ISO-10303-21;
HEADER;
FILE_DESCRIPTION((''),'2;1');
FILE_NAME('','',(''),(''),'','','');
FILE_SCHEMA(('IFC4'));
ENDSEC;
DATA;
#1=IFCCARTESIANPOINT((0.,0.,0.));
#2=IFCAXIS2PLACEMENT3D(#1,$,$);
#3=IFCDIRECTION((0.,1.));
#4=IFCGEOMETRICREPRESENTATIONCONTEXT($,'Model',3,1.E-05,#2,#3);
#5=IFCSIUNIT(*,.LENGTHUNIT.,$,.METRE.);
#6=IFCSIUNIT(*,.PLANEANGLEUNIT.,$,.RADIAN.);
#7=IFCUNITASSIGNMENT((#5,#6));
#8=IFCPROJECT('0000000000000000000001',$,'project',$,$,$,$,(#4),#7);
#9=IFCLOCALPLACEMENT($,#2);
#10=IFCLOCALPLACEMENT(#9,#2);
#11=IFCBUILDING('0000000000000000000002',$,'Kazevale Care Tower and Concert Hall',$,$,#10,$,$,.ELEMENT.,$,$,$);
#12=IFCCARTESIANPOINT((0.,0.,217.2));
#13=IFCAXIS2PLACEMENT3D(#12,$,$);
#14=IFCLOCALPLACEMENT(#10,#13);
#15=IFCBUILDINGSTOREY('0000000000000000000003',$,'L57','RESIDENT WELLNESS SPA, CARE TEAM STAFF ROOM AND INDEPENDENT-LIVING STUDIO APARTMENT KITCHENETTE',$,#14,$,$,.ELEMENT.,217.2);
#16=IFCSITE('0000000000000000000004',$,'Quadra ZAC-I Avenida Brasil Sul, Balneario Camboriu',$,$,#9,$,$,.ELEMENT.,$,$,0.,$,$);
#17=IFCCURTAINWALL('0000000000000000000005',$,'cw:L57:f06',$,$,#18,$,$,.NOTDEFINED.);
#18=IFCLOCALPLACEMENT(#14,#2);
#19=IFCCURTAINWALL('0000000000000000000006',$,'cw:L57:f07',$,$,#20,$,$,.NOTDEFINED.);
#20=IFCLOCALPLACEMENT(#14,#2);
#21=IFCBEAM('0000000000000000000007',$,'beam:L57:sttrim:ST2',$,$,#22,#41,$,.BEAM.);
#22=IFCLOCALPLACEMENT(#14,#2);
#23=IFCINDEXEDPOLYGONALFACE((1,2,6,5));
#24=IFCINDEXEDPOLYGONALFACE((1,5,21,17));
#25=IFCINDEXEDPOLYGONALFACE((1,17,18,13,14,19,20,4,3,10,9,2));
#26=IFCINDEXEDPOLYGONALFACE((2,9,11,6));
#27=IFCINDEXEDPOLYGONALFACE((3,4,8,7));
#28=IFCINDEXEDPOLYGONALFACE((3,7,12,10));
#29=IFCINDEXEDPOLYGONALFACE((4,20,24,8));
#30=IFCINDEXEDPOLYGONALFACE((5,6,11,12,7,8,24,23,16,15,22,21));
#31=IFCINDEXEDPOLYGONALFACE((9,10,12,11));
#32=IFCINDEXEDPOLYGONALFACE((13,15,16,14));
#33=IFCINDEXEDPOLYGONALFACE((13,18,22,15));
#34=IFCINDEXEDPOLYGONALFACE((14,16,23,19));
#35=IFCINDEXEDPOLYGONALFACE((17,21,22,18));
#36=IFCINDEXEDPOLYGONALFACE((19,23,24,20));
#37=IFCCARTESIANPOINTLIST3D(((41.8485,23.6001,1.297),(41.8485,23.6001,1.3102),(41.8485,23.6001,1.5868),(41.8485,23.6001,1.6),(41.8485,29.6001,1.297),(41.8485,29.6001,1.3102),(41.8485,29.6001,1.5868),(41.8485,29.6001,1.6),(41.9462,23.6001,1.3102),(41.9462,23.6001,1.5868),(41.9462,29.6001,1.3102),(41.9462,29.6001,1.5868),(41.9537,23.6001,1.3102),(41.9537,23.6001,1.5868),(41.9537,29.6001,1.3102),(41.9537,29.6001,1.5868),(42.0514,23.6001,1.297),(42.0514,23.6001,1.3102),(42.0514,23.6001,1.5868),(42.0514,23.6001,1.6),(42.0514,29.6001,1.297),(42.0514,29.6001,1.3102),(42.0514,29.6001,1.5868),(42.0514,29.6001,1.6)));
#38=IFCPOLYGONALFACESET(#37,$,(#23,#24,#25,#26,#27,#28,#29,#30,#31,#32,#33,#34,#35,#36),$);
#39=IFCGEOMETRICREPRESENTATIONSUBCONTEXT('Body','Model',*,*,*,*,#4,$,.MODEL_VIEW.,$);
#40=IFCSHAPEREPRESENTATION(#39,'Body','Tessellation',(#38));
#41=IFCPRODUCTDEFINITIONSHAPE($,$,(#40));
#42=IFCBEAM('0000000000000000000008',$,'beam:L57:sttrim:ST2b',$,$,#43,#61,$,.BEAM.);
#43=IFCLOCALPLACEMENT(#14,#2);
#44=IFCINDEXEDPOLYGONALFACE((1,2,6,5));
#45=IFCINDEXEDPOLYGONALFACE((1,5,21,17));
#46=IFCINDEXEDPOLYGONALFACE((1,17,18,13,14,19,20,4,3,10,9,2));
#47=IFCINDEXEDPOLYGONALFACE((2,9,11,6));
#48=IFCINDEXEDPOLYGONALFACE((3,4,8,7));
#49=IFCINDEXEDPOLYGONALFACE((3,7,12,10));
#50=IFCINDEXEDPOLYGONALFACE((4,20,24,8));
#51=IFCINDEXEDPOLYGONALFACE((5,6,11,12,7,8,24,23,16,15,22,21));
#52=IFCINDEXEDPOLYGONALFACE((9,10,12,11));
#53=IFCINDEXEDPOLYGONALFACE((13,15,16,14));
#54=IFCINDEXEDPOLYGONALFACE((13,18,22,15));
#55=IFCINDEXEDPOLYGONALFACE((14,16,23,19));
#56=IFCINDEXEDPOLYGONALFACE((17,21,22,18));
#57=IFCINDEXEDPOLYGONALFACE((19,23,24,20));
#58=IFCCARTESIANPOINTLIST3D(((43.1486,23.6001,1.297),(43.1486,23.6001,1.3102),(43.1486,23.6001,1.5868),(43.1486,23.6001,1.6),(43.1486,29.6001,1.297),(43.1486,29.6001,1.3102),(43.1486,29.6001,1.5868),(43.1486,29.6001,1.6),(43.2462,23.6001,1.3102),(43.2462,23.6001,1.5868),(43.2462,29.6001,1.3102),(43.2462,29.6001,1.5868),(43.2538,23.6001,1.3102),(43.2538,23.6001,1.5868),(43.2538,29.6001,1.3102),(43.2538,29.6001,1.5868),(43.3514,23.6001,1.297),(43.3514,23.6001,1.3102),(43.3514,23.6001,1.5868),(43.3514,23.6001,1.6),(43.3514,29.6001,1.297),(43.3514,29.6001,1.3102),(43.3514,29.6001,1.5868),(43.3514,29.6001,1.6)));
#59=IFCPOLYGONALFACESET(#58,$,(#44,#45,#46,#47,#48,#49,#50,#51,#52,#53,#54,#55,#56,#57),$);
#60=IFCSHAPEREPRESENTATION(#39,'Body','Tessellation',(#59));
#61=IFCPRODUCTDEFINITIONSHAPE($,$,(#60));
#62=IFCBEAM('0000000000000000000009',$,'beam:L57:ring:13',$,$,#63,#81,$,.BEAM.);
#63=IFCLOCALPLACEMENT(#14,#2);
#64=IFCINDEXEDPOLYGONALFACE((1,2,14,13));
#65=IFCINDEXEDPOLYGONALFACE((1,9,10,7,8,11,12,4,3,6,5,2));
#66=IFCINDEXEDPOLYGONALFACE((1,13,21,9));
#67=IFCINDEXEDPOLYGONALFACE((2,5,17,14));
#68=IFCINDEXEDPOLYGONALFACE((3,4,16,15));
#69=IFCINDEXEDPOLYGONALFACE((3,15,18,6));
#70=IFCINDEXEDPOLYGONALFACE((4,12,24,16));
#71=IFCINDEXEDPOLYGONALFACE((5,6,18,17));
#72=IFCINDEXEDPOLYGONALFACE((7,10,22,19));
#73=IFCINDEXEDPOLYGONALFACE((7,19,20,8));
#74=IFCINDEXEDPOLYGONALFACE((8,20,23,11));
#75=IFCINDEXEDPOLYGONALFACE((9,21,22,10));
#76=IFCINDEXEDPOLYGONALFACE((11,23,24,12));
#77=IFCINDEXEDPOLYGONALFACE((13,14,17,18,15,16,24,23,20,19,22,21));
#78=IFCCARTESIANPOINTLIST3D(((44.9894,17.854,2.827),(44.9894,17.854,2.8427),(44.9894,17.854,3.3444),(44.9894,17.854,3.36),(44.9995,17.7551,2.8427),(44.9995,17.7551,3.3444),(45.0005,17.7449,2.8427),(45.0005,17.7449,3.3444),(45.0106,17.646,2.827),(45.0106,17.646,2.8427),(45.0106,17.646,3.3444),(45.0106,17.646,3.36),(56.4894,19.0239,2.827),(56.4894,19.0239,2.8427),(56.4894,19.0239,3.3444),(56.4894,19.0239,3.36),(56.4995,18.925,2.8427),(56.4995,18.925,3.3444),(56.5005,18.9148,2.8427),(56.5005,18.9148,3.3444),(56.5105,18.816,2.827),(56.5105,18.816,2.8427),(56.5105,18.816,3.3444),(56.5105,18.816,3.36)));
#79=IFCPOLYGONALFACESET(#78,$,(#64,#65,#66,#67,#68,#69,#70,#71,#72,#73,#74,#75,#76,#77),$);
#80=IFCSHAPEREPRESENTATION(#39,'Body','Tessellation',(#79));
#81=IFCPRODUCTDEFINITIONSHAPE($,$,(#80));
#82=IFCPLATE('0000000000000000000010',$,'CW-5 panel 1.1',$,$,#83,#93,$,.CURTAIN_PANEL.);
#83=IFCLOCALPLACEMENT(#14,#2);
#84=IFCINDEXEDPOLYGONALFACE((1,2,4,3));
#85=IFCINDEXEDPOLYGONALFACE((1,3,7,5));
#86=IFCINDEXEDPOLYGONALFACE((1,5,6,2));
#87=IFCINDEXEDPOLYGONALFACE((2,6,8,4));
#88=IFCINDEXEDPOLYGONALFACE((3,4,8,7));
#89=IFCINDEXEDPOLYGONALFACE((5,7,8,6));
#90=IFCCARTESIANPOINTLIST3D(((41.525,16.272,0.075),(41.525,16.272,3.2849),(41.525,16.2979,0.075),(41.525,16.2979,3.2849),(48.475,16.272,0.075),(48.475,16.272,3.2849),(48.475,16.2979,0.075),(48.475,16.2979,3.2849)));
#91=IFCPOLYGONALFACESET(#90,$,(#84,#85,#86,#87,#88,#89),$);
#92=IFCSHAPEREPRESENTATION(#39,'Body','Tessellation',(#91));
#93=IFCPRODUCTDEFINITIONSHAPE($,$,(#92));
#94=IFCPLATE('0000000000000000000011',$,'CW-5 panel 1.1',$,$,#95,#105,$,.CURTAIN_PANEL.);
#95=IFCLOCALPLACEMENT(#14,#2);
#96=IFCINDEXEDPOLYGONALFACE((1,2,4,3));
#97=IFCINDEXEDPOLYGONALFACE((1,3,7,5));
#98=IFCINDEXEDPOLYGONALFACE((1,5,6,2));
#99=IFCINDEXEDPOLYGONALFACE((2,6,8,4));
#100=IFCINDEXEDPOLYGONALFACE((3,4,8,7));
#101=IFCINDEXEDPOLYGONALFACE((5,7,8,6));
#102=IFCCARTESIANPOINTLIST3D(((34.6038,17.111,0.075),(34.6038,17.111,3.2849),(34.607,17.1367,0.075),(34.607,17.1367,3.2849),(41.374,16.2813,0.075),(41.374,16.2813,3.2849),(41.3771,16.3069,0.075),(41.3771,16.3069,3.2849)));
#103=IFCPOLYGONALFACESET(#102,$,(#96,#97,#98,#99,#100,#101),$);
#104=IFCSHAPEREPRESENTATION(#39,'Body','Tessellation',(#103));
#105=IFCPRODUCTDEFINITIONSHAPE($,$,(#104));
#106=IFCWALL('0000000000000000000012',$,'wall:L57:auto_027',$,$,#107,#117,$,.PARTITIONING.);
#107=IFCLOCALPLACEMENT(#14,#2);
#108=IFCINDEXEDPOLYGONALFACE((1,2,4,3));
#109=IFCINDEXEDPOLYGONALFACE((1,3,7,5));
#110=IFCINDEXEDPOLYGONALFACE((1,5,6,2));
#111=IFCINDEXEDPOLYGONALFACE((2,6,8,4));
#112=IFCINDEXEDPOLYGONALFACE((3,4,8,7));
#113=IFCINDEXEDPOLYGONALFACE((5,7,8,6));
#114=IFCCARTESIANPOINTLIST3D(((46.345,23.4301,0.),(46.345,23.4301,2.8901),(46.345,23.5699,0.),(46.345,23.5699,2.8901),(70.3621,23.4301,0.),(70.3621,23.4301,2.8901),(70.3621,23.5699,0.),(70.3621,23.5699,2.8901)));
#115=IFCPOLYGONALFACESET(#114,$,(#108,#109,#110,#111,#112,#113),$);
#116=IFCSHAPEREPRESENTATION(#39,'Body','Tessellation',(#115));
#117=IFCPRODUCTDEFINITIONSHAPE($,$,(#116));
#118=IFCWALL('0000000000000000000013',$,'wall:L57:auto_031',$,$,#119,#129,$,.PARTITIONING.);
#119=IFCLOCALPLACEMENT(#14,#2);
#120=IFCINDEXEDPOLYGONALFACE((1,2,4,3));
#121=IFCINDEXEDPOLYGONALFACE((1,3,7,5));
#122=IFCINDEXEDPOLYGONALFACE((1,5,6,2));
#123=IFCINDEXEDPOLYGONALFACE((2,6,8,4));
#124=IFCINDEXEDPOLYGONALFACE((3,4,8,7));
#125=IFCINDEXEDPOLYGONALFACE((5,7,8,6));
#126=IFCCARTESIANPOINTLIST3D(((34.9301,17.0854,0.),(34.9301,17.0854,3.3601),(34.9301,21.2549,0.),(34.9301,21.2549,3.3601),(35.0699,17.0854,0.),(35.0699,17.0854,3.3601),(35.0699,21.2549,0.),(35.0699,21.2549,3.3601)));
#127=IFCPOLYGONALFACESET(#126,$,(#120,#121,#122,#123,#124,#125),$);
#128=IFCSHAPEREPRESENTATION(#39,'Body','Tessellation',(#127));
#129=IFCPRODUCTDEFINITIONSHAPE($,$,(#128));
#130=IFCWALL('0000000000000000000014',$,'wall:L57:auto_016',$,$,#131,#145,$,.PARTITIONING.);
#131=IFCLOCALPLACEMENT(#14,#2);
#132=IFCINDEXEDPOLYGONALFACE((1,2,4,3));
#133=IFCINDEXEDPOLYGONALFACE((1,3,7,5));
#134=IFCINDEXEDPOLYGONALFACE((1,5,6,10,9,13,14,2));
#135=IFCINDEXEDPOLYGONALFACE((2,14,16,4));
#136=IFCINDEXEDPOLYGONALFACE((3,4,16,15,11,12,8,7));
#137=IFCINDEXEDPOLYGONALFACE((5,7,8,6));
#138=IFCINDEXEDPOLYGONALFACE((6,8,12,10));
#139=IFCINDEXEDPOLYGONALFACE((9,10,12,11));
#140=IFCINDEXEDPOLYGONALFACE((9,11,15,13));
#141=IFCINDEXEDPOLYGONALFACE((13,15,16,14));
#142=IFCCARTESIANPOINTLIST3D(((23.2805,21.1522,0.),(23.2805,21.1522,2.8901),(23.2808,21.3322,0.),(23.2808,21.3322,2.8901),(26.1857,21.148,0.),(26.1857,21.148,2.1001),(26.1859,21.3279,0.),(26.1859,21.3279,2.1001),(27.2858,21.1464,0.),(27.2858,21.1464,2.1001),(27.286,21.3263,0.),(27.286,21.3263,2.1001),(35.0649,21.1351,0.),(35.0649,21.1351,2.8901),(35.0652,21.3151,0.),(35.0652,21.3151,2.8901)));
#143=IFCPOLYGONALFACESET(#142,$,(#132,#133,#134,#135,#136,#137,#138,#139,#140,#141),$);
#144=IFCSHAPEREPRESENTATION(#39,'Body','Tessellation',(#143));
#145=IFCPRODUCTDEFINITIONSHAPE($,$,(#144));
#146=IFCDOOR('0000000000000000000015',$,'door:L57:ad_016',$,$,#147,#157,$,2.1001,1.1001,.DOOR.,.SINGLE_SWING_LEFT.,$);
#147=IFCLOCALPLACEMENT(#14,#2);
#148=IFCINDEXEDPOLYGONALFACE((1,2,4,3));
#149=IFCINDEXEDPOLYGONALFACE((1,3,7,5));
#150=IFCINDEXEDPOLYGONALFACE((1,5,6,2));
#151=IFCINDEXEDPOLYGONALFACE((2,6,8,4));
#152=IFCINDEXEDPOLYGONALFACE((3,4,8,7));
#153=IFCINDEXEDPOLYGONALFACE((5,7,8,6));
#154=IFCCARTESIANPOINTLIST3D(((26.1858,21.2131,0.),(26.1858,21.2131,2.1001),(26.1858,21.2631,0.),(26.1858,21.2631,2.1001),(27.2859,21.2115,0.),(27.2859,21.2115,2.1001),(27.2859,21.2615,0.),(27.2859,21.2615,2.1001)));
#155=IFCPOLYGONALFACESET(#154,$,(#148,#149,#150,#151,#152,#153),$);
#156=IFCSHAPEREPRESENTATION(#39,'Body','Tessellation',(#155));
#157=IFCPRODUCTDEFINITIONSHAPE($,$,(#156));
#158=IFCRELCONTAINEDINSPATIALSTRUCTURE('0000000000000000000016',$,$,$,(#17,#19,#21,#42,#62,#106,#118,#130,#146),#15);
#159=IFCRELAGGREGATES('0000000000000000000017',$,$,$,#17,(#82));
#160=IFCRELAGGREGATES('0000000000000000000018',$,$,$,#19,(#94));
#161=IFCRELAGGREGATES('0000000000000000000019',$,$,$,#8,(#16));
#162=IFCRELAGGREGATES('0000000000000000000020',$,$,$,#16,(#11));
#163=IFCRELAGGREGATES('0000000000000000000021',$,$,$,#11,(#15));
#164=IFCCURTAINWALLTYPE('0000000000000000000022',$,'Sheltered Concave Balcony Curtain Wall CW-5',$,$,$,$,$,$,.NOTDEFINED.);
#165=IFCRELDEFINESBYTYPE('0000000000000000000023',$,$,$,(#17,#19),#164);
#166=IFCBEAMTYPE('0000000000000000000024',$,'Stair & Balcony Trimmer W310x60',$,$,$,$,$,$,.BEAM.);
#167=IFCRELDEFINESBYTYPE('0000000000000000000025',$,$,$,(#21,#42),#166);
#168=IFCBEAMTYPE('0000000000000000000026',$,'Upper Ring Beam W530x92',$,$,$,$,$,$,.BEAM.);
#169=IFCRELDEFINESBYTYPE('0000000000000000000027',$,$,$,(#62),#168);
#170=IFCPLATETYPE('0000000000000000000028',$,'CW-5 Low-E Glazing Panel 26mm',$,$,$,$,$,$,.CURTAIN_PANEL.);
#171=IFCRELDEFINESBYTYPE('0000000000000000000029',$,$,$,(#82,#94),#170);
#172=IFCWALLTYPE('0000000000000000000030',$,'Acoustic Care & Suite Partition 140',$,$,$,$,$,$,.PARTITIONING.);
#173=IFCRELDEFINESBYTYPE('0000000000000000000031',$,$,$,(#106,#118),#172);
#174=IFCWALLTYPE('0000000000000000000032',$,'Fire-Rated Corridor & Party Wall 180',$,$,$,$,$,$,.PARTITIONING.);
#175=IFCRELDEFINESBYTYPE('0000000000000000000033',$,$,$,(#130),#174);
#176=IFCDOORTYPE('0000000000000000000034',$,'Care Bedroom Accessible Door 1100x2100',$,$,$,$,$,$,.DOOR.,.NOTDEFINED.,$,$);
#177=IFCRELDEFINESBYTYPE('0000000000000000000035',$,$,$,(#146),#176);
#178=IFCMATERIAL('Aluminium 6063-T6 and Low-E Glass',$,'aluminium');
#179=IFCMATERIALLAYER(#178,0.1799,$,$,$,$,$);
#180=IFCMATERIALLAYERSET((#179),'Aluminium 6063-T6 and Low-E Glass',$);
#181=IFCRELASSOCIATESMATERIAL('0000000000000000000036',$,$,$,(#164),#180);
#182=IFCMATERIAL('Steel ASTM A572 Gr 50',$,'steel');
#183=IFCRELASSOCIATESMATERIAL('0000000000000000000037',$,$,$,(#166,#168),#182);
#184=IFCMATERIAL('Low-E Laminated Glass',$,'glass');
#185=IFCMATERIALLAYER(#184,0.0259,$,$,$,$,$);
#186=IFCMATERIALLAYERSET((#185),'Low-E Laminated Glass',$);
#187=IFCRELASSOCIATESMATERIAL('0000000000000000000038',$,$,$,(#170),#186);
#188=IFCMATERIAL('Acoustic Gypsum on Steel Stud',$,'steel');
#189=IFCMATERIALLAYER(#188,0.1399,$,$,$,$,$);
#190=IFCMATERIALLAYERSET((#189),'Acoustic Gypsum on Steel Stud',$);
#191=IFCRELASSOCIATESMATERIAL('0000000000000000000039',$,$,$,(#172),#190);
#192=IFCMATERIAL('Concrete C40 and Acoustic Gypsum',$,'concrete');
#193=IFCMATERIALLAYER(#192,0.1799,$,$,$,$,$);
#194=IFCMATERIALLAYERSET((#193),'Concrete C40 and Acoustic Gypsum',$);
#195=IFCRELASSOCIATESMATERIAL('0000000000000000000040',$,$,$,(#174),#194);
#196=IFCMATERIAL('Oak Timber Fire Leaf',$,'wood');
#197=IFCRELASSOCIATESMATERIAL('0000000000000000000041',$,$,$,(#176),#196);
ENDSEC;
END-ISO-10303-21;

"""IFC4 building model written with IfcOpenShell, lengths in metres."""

from ifc_helpers import new_model, si_unit, direction, frame, frame_2d, origin, origin_2d, place, context, subcontext, project, spatial, rectangle, i_section, extrude, material, layer, layer_set, material_profile, profile_set, type_object, element, fill, aggregate, save


model = new_model("IFC4")

# Units and contexts
model_context = context("Model", 3, precision=1e-05, world=origin(), true_north=direction((0.0, 1.0)))
body_context = subcontext(model_context, "Body", "Model", "MODEL_VIEW")
ifc_project = project(units=[si_unit("LENGTHUNIT", "METRE"), si_unit("PLANEANGLEUNIT", "RADIAN")], contexts=[model_context])

# Site, building, storey
site_placement = place(None, origin())
site = spatial("IfcSite", under=ifc_project, at=site_placement, Name="Quadra ZAC-I Avenida Brasil Sul, Balneario Camboriu", CompositionType="ELEMENT", RefElevation=0.0)
building_placement = place(site_placement, origin())
building = spatial("IfcBuilding", under=site, at=building_placement, Name="Kazevale Care Tower and Concert Hall", CompositionType="ELEMENT")
storey_placement = place(building_placement, frame((0.0, 0.0, 217.2)))
storey = spatial("IfcBuildingStorey", under=building, at=storey_placement, Name="L57", Description="RESIDENT WELLNESS SPA, CARE TEAM STAFF ROOM AND INDEPENDENT-LIVING STUDIO APARTMENT KITCHENETTE", CompositionType="ELEMENT", Elevation=217.2)

# Curtain wall
ifc_material_1 = material(Name="Aluminium 6063-T6 and Low-E Glass", Category="aluminium")
ifc_layer_1 = layer(ifc_material_1, 0.1799)
ifc_layer_set_1 = layer_set([ifc_layer_1], Name="Aluminium 6063-T6 and Low-E Glass")
curtain_wall_type = type_object("IfcCurtainWallType", Name="Sheltered Concave Balcony Curtain Wall CW-5", PredefinedType="NOTDEFINED", material=ifc_layer_set_1)
curtain_wall_1_placement = place(storey_placement, origin())
curtain_wall_1 = element("IfcCurtainWall", 1, at=curtain_wall_1_placement, inside=storey, type_object=curtain_wall_type, Name="cw:L57:f06", PredefinedType="NOTDEFINED")

# Curtain wall
curtain_wall_2_placement = place(storey_placement, origin())
curtain_wall_2 = element("IfcCurtainWall", 2, at=curtain_wall_2_placement, inside=storey, type_object=curtain_wall_type, Name="cw:L57:f07", PredefinedType="NOTDEFINED")

# Beams
ifc_material_2 = material(Name="Steel ASTM A572 Gr 50", Category="steel")
ifc_material_profile_1 = material_profile(ifc_material_2, i_section(OverallWidth=0.2029, OverallDepth=0.303, WebThickness=0.0076, FlangeThickness=0.0132, at=origin_2d()), Name="W310x60")
ifc_profile_set_1 = profile_set([ifc_material_profile_1], Name="Steel ASTM A572 Gr 50")
beam_type_1 = type_object("IfcBeamType", Name="Stair & Balcony Trimmer W310x60", PredefinedType="BEAM", material=ifc_profile_set_1)
for number, where, z_axis, x_axis, name in (
    (3, (41.95, 23.6001, 1.4485), (0.0, 1.0, 0.0), (-1.0, 0.0, 0.0), "beam:L57:sttrim:ST2"),
    (4, (43.25, 23.6001, 1.4485), (0.0, 1.0, 0.0), (-1.0, 0.0, 0.0), "beam:L57:sttrim:ST2b"),
):
    element("IfcBeam", number, at=place(storey_placement, frame(where, z_axis=z_axis, x_axis=x_axis)), inside=storey, type_object=beam_type_1, Name=name, PredefinedType="BEAM", context=body_context, shape_type="SweptSolid", body=[
        extrude(i_section(OverallWidth=0.2029, OverallDepth=0.303, WebThickness=0.0076, FlangeThickness=0.0132, at=origin_2d()), origin(), (0.0, 0.0, 1.0), 6.0),
    ])
ifc_material_profile_2 = material_profile(ifc_material_2, i_section(OverallWidth=0.209, OverallDepth=0.533, WebThickness=0.0103, FlangeThickness=0.0156, at=origin_2d()), Name="W530x92")
ifc_profile_set_2 = profile_set([ifc_material_profile_2], Name="Steel ASTM A572 Gr 50")
beam_type_2 = type_object("IfcBeamType", Name="Upper Ring Beam W530x92", PredefinedType="BEAM", material=ifc_profile_set_2)
beam_1_placement = place(storey_placement, frame((45.0, 17.75, 3.0935), z_axis=(0.994865, 0.10121, 0.0), x_axis=(-0.10121, 0.994865, 0.0)))
element("IfcBeam", 5, at=beam_1_placement, inside=storey, type_object=beam_type_2, Name="beam:L57:ring:13", PredefinedType="BEAM", context=body_context, shape_type="SweptSolid", body=[
    extrude(i_section(OverallWidth=0.209, OverallDepth=0.533, WebThickness=0.0103, FlangeThickness=0.0156, at=origin_2d()), origin(), (0.0, 0.0, 1.0), 11.5593),
])

# Plates
ifc_material_3 = material(Name="Low-E Laminated Glass", Category="glass")
ifc_layer_2 = layer(ifc_material_3, 0.0259)
ifc_layer_set_2 = layer_set([ifc_layer_2], Name="Low-E Laminated Glass")
plate_type = type_object("IfcPlateType", Name="CW-5 Low-E Glazing Panel 26mm", PredefinedType="CURTAIN_PANEL", material=ifc_layer_set_2)
plate_1_placement = place(storey_placement, frame((45.0, 16.2849, 0.075), z_axis=(0.0, 0.0, 1.0), x_axis=(-1.0, 0.0, 0.0)))
plate_1 = element("IfcPlate", 6, at=plate_1_placement, type_object=plate_type, Name="CW-5 panel 1.1", PredefinedType="CURTAIN_PANEL", context=body_context, shape_type="SweptSolid", body=[
    extrude(rectangle(XDim=6.95, YDim=0.0259, at=origin_2d()), origin(), (0.0, 0.0, 1.0), 3.21),
])
aggregate(curtain_wall_1, [plate_1])
plate_2_placement = place(storey_placement, frame((37.9905, 16.709, 0.075), z_axis=(0.0, 0.0, 1.0), x_axis=(-0.992573, 0.121651, 0.0)))
plate_2 = element("IfcPlate", 7, at=plate_2_placement, type_object=plate_type, Name="CW-5 panel 1.1", PredefinedType="CURTAIN_PANEL", context=body_context, shape_type="SweptSolid", body=[
    extrude(rectangle(XDim=6.8208, YDim=0.0259, at=origin_2d()), origin(), (0.0, 0.0, 1.0), 3.21),
])
aggregate(curtain_wall_2, [plate_2])

# Walls
ifc_material_4 = material(Name="Acoustic Gypsum on Steel Stud", Category="steel")
ifc_layer_3 = layer(ifc_material_4, 0.1399)
ifc_layer_set_3 = layer_set([ifc_layer_3], Name="Acoustic Gypsum on Steel Stud")
wall_type_1 = type_object("IfcWallType", Name="Acoustic Care & Suite Partition 140", PredefinedType="PARTITIONING", material=ifc_layer_set_3)
wall_1_placement = place(storey_placement, frame((46.345, 23.5, 0.0), z_axis=(0.0, 0.0, 1.0), x_axis=(1.0, 0.0, 0.0)))
element("IfcWall", 8, at=wall_1_placement, inside=storey, type_object=wall_type_1, Name="wall:L57:auto_027", PredefinedType="PARTITIONING", context=body_context, shape_type="SweptSolid", body=[
    extrude(rectangle(XDim=24.0171, YDim=0.1399, at=frame_2d((12.0085, 0.0))), origin(), (0.0, 0.0, 1.0), 2.8901),
])
wall_2_placement = place(storey_placement, frame((35.0, 21.2549, 0.0), z_axis=(0.0, 0.0, 1.0), x_axis=(0.0, -1.0, 0.0)))
element("IfcWall", 9, at=wall_2_placement, inside=storey, type_object=wall_type_1, Name="wall:L57:auto_031", PredefinedType="PARTITIONING", context=body_context, shape_type="SweptSolid", body=[
    extrude(rectangle(XDim=4.1694, YDim=0.1399, at=frame_2d((2.0847, 0.0))), origin(), (0.0, 0.0, 1.0), 3.3601),
])

# Wall, opening, door
ifc_material_5 = material(Name="Oak Timber Fire Leaf", Category="wood")
ifc_material_6 = material(Name="Concrete C40 and Acoustic Gypsum", Category="concrete")
ifc_layer_4 = layer(ifc_material_6, 0.1799)
ifc_layer_set_4 = layer_set([ifc_layer_4], Name="Concrete C40 and Acoustic Gypsum")
wall_type_2 = type_object("IfcWallType", Name="Fire-Rated Corridor & Party Wall 180", PredefinedType="PARTITIONING", material=ifc_layer_set_4)
wall_3_placement = place(storey_placement, frame((35.0649, 21.2251, 0.0), z_axis=(0.0, 0.0, 1.0), x_axis=(-0.999999, 0.00145, 0.0)))
wall_3 = element("IfcWall", 10, at=wall_3_placement, inside=storey, type_object=wall_type_2, Name="wall:L57:auto_016", PredefinedType="PARTITIONING", context=body_context, shape_type="SweptSolid", body=[
    extrude(rectangle(XDim=11.7844, YDim=0.1799, at=frame_2d((5.8921, 0.0))), origin(), (0.0, 0.0, 1.0), 2.8901),
])
opening_1_placement = place(wall_3_placement, frame((7.7791, 0.0, 0.0)))
opening_1 = element("IfcOpeningElement", 11, at=opening_1_placement, cuts=wall_3, PredefinedType="OPENING", context=body_context, shape_type="SweptSolid", body=[
    extrude(rectangle(XDim=1.1001, YDim=2.1001, at=frame_2d((0.55, 1.05))), frame((0.0, 0.0999, 0.0), z_axis=(0.0, -1.0, 0.0), x_axis=(1.0, 0.0, 0.0)), (0.0, 0.0, 1.0), 0.2),
])
door_type_1 = type_object("IfcDoorType", Name="Care Bedroom Accessible Door 1100x2100", OperationType="NOTDEFINED", PredefinedType="DOOR", material=ifc_material_5)
door_1_placement = place(opening_1_placement, origin())
door_1 = element("IfcDoor", 12, at=door_1_placement, inside=storey, type_object=door_type_1, Name="door:L57:ad_016", OperationType="SINGLE_SWING_LEFT", OverallHeight=2.1001, OverallWidth=1.1001, PredefinedType="DOOR", context=body_context, shape_type="SweptSolid", body=[
    extrude(rectangle(XDim=1.1001, YDim=2.1001, at=frame_2d((0.55, 1.05))), frame((0.0, 0.0249, 0.0), z_axis=(0.0, -1.0, 0.0), x_axis=(1.0, 0.0, 0.0)), (0.0, 0.0, 1.0), 0.05),
])
fill(opening_1, door_1)

save(model, "model.ifc")
